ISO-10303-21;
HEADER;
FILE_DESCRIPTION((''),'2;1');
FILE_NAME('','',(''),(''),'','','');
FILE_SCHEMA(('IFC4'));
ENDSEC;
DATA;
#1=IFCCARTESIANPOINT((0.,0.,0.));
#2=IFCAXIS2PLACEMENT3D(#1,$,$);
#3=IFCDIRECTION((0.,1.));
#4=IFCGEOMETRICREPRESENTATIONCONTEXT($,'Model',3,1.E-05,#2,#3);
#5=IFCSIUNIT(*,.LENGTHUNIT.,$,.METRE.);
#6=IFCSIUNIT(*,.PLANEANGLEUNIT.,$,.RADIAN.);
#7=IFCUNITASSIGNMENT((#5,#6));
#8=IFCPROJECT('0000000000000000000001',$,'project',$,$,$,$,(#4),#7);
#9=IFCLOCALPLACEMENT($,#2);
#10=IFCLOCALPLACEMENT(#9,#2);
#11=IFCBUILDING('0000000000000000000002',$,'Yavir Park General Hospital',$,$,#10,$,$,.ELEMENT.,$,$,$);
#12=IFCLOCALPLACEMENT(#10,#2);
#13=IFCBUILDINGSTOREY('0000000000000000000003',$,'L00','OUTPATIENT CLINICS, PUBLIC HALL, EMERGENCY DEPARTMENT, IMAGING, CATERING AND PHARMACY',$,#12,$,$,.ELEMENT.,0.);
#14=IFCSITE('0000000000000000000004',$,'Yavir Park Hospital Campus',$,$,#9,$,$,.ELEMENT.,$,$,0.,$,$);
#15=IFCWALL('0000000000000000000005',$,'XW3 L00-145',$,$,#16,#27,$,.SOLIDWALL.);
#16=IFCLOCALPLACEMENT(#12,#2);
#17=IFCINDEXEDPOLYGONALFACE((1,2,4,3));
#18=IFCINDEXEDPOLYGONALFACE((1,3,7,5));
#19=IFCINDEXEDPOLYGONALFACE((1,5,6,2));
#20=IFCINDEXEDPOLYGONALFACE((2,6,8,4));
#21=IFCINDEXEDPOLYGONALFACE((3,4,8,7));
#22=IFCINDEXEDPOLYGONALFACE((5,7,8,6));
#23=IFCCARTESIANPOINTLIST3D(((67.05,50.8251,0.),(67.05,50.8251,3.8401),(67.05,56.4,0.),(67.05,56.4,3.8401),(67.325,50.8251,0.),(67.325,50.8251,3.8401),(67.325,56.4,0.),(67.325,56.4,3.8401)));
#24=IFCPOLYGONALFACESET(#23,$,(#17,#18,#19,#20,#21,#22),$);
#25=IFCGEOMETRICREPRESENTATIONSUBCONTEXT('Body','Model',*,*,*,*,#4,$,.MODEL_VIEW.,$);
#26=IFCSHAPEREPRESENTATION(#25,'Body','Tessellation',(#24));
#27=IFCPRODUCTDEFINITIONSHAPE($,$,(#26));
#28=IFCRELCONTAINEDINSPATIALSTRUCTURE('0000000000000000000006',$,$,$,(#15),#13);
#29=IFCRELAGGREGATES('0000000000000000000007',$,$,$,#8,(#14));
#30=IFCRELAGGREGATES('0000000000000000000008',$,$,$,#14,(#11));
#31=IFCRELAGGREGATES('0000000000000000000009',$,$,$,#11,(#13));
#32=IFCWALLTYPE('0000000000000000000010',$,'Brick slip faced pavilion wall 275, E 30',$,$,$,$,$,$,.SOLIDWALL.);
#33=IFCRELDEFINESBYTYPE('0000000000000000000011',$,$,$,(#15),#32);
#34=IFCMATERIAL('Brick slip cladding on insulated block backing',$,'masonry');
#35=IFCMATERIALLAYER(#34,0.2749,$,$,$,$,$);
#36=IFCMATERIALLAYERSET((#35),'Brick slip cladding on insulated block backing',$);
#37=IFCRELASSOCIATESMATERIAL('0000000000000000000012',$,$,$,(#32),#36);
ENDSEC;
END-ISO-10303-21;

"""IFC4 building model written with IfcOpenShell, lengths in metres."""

from ifc_helpers import new_model, si_unit, direction, frame, frame_2d, origin, place, context, subcontext, project, spatial, rectangle, extrude, material, layer, layer_set, type_object, element, save


model = new_model("IFC4")

# Units and contexts
model_context = context("Model", 3, precision=1e-05, world=origin(), true_north=direction((0.0, 1.0)))
body_context = subcontext(model_context, "Body", "Model", "MODEL_VIEW")
ifc_project = project(units=[si_unit("LENGTHUNIT", "METRE"), si_unit("PLANEANGLEUNIT", "RADIAN")], contexts=[model_context])

# Site, building, storey
site_placement = place(None, origin())
site = spatial("IfcSite", under=ifc_project, at=site_placement, Name="Yavir Park Hospital Campus", CompositionType="ELEMENT", RefElevation=0.0)
building_placement = place(site_placement, origin())
building = spatial("IfcBuilding", under=site, at=building_placement, Name="Yavir Park General Hospital", CompositionType="ELEMENT")
storey_placement = place(building_placement, origin())
storey = spatial("IfcBuildingStorey", under=building, at=storey_placement, Name="L00", Description="OUTPATIENT CLINICS, PUBLIC HALL, EMERGENCY DEPARTMENT, IMAGING, CATERING AND PHARMACY", CompositionType="ELEMENT", Elevation=0.0)

# Wall
ifc_material_1 = material(Name="Brick slip cladding on insulated block backing", Category="masonry")
ifc_layer_1 = layer(ifc_material_1, 0.2749)
ifc_layer_set_1 = layer_set([ifc_layer_1], Name="Brick slip cladding on insulated block backing")
wall_type = type_object("IfcWallType", Name="Brick slip faced pavilion wall 275, E 30", PredefinedType="SOLIDWALL", material=ifc_layer_set_1)
wall_placement = place(storey_placement, frame((67.1875, 50.825, 0.0), z_axis=(0.0, 0.0, 1.0), x_axis=(0.0, 1.0, 0.0)))
element("IfcWall", 1, at=wall_placement, inside=storey, type_object=wall_type, Name="XW3 L00-145", PredefinedType="SOLIDWALL", context=body_context, shape_type="SweptSolid", body=[
    extrude(rectangle(XDim=5.575, YDim=0.2749, at=frame_2d((2.7876, 0.0))), origin(), (0.0, 0.0, 1.0), 3.8401),
])

save(model, "model.ifc")
